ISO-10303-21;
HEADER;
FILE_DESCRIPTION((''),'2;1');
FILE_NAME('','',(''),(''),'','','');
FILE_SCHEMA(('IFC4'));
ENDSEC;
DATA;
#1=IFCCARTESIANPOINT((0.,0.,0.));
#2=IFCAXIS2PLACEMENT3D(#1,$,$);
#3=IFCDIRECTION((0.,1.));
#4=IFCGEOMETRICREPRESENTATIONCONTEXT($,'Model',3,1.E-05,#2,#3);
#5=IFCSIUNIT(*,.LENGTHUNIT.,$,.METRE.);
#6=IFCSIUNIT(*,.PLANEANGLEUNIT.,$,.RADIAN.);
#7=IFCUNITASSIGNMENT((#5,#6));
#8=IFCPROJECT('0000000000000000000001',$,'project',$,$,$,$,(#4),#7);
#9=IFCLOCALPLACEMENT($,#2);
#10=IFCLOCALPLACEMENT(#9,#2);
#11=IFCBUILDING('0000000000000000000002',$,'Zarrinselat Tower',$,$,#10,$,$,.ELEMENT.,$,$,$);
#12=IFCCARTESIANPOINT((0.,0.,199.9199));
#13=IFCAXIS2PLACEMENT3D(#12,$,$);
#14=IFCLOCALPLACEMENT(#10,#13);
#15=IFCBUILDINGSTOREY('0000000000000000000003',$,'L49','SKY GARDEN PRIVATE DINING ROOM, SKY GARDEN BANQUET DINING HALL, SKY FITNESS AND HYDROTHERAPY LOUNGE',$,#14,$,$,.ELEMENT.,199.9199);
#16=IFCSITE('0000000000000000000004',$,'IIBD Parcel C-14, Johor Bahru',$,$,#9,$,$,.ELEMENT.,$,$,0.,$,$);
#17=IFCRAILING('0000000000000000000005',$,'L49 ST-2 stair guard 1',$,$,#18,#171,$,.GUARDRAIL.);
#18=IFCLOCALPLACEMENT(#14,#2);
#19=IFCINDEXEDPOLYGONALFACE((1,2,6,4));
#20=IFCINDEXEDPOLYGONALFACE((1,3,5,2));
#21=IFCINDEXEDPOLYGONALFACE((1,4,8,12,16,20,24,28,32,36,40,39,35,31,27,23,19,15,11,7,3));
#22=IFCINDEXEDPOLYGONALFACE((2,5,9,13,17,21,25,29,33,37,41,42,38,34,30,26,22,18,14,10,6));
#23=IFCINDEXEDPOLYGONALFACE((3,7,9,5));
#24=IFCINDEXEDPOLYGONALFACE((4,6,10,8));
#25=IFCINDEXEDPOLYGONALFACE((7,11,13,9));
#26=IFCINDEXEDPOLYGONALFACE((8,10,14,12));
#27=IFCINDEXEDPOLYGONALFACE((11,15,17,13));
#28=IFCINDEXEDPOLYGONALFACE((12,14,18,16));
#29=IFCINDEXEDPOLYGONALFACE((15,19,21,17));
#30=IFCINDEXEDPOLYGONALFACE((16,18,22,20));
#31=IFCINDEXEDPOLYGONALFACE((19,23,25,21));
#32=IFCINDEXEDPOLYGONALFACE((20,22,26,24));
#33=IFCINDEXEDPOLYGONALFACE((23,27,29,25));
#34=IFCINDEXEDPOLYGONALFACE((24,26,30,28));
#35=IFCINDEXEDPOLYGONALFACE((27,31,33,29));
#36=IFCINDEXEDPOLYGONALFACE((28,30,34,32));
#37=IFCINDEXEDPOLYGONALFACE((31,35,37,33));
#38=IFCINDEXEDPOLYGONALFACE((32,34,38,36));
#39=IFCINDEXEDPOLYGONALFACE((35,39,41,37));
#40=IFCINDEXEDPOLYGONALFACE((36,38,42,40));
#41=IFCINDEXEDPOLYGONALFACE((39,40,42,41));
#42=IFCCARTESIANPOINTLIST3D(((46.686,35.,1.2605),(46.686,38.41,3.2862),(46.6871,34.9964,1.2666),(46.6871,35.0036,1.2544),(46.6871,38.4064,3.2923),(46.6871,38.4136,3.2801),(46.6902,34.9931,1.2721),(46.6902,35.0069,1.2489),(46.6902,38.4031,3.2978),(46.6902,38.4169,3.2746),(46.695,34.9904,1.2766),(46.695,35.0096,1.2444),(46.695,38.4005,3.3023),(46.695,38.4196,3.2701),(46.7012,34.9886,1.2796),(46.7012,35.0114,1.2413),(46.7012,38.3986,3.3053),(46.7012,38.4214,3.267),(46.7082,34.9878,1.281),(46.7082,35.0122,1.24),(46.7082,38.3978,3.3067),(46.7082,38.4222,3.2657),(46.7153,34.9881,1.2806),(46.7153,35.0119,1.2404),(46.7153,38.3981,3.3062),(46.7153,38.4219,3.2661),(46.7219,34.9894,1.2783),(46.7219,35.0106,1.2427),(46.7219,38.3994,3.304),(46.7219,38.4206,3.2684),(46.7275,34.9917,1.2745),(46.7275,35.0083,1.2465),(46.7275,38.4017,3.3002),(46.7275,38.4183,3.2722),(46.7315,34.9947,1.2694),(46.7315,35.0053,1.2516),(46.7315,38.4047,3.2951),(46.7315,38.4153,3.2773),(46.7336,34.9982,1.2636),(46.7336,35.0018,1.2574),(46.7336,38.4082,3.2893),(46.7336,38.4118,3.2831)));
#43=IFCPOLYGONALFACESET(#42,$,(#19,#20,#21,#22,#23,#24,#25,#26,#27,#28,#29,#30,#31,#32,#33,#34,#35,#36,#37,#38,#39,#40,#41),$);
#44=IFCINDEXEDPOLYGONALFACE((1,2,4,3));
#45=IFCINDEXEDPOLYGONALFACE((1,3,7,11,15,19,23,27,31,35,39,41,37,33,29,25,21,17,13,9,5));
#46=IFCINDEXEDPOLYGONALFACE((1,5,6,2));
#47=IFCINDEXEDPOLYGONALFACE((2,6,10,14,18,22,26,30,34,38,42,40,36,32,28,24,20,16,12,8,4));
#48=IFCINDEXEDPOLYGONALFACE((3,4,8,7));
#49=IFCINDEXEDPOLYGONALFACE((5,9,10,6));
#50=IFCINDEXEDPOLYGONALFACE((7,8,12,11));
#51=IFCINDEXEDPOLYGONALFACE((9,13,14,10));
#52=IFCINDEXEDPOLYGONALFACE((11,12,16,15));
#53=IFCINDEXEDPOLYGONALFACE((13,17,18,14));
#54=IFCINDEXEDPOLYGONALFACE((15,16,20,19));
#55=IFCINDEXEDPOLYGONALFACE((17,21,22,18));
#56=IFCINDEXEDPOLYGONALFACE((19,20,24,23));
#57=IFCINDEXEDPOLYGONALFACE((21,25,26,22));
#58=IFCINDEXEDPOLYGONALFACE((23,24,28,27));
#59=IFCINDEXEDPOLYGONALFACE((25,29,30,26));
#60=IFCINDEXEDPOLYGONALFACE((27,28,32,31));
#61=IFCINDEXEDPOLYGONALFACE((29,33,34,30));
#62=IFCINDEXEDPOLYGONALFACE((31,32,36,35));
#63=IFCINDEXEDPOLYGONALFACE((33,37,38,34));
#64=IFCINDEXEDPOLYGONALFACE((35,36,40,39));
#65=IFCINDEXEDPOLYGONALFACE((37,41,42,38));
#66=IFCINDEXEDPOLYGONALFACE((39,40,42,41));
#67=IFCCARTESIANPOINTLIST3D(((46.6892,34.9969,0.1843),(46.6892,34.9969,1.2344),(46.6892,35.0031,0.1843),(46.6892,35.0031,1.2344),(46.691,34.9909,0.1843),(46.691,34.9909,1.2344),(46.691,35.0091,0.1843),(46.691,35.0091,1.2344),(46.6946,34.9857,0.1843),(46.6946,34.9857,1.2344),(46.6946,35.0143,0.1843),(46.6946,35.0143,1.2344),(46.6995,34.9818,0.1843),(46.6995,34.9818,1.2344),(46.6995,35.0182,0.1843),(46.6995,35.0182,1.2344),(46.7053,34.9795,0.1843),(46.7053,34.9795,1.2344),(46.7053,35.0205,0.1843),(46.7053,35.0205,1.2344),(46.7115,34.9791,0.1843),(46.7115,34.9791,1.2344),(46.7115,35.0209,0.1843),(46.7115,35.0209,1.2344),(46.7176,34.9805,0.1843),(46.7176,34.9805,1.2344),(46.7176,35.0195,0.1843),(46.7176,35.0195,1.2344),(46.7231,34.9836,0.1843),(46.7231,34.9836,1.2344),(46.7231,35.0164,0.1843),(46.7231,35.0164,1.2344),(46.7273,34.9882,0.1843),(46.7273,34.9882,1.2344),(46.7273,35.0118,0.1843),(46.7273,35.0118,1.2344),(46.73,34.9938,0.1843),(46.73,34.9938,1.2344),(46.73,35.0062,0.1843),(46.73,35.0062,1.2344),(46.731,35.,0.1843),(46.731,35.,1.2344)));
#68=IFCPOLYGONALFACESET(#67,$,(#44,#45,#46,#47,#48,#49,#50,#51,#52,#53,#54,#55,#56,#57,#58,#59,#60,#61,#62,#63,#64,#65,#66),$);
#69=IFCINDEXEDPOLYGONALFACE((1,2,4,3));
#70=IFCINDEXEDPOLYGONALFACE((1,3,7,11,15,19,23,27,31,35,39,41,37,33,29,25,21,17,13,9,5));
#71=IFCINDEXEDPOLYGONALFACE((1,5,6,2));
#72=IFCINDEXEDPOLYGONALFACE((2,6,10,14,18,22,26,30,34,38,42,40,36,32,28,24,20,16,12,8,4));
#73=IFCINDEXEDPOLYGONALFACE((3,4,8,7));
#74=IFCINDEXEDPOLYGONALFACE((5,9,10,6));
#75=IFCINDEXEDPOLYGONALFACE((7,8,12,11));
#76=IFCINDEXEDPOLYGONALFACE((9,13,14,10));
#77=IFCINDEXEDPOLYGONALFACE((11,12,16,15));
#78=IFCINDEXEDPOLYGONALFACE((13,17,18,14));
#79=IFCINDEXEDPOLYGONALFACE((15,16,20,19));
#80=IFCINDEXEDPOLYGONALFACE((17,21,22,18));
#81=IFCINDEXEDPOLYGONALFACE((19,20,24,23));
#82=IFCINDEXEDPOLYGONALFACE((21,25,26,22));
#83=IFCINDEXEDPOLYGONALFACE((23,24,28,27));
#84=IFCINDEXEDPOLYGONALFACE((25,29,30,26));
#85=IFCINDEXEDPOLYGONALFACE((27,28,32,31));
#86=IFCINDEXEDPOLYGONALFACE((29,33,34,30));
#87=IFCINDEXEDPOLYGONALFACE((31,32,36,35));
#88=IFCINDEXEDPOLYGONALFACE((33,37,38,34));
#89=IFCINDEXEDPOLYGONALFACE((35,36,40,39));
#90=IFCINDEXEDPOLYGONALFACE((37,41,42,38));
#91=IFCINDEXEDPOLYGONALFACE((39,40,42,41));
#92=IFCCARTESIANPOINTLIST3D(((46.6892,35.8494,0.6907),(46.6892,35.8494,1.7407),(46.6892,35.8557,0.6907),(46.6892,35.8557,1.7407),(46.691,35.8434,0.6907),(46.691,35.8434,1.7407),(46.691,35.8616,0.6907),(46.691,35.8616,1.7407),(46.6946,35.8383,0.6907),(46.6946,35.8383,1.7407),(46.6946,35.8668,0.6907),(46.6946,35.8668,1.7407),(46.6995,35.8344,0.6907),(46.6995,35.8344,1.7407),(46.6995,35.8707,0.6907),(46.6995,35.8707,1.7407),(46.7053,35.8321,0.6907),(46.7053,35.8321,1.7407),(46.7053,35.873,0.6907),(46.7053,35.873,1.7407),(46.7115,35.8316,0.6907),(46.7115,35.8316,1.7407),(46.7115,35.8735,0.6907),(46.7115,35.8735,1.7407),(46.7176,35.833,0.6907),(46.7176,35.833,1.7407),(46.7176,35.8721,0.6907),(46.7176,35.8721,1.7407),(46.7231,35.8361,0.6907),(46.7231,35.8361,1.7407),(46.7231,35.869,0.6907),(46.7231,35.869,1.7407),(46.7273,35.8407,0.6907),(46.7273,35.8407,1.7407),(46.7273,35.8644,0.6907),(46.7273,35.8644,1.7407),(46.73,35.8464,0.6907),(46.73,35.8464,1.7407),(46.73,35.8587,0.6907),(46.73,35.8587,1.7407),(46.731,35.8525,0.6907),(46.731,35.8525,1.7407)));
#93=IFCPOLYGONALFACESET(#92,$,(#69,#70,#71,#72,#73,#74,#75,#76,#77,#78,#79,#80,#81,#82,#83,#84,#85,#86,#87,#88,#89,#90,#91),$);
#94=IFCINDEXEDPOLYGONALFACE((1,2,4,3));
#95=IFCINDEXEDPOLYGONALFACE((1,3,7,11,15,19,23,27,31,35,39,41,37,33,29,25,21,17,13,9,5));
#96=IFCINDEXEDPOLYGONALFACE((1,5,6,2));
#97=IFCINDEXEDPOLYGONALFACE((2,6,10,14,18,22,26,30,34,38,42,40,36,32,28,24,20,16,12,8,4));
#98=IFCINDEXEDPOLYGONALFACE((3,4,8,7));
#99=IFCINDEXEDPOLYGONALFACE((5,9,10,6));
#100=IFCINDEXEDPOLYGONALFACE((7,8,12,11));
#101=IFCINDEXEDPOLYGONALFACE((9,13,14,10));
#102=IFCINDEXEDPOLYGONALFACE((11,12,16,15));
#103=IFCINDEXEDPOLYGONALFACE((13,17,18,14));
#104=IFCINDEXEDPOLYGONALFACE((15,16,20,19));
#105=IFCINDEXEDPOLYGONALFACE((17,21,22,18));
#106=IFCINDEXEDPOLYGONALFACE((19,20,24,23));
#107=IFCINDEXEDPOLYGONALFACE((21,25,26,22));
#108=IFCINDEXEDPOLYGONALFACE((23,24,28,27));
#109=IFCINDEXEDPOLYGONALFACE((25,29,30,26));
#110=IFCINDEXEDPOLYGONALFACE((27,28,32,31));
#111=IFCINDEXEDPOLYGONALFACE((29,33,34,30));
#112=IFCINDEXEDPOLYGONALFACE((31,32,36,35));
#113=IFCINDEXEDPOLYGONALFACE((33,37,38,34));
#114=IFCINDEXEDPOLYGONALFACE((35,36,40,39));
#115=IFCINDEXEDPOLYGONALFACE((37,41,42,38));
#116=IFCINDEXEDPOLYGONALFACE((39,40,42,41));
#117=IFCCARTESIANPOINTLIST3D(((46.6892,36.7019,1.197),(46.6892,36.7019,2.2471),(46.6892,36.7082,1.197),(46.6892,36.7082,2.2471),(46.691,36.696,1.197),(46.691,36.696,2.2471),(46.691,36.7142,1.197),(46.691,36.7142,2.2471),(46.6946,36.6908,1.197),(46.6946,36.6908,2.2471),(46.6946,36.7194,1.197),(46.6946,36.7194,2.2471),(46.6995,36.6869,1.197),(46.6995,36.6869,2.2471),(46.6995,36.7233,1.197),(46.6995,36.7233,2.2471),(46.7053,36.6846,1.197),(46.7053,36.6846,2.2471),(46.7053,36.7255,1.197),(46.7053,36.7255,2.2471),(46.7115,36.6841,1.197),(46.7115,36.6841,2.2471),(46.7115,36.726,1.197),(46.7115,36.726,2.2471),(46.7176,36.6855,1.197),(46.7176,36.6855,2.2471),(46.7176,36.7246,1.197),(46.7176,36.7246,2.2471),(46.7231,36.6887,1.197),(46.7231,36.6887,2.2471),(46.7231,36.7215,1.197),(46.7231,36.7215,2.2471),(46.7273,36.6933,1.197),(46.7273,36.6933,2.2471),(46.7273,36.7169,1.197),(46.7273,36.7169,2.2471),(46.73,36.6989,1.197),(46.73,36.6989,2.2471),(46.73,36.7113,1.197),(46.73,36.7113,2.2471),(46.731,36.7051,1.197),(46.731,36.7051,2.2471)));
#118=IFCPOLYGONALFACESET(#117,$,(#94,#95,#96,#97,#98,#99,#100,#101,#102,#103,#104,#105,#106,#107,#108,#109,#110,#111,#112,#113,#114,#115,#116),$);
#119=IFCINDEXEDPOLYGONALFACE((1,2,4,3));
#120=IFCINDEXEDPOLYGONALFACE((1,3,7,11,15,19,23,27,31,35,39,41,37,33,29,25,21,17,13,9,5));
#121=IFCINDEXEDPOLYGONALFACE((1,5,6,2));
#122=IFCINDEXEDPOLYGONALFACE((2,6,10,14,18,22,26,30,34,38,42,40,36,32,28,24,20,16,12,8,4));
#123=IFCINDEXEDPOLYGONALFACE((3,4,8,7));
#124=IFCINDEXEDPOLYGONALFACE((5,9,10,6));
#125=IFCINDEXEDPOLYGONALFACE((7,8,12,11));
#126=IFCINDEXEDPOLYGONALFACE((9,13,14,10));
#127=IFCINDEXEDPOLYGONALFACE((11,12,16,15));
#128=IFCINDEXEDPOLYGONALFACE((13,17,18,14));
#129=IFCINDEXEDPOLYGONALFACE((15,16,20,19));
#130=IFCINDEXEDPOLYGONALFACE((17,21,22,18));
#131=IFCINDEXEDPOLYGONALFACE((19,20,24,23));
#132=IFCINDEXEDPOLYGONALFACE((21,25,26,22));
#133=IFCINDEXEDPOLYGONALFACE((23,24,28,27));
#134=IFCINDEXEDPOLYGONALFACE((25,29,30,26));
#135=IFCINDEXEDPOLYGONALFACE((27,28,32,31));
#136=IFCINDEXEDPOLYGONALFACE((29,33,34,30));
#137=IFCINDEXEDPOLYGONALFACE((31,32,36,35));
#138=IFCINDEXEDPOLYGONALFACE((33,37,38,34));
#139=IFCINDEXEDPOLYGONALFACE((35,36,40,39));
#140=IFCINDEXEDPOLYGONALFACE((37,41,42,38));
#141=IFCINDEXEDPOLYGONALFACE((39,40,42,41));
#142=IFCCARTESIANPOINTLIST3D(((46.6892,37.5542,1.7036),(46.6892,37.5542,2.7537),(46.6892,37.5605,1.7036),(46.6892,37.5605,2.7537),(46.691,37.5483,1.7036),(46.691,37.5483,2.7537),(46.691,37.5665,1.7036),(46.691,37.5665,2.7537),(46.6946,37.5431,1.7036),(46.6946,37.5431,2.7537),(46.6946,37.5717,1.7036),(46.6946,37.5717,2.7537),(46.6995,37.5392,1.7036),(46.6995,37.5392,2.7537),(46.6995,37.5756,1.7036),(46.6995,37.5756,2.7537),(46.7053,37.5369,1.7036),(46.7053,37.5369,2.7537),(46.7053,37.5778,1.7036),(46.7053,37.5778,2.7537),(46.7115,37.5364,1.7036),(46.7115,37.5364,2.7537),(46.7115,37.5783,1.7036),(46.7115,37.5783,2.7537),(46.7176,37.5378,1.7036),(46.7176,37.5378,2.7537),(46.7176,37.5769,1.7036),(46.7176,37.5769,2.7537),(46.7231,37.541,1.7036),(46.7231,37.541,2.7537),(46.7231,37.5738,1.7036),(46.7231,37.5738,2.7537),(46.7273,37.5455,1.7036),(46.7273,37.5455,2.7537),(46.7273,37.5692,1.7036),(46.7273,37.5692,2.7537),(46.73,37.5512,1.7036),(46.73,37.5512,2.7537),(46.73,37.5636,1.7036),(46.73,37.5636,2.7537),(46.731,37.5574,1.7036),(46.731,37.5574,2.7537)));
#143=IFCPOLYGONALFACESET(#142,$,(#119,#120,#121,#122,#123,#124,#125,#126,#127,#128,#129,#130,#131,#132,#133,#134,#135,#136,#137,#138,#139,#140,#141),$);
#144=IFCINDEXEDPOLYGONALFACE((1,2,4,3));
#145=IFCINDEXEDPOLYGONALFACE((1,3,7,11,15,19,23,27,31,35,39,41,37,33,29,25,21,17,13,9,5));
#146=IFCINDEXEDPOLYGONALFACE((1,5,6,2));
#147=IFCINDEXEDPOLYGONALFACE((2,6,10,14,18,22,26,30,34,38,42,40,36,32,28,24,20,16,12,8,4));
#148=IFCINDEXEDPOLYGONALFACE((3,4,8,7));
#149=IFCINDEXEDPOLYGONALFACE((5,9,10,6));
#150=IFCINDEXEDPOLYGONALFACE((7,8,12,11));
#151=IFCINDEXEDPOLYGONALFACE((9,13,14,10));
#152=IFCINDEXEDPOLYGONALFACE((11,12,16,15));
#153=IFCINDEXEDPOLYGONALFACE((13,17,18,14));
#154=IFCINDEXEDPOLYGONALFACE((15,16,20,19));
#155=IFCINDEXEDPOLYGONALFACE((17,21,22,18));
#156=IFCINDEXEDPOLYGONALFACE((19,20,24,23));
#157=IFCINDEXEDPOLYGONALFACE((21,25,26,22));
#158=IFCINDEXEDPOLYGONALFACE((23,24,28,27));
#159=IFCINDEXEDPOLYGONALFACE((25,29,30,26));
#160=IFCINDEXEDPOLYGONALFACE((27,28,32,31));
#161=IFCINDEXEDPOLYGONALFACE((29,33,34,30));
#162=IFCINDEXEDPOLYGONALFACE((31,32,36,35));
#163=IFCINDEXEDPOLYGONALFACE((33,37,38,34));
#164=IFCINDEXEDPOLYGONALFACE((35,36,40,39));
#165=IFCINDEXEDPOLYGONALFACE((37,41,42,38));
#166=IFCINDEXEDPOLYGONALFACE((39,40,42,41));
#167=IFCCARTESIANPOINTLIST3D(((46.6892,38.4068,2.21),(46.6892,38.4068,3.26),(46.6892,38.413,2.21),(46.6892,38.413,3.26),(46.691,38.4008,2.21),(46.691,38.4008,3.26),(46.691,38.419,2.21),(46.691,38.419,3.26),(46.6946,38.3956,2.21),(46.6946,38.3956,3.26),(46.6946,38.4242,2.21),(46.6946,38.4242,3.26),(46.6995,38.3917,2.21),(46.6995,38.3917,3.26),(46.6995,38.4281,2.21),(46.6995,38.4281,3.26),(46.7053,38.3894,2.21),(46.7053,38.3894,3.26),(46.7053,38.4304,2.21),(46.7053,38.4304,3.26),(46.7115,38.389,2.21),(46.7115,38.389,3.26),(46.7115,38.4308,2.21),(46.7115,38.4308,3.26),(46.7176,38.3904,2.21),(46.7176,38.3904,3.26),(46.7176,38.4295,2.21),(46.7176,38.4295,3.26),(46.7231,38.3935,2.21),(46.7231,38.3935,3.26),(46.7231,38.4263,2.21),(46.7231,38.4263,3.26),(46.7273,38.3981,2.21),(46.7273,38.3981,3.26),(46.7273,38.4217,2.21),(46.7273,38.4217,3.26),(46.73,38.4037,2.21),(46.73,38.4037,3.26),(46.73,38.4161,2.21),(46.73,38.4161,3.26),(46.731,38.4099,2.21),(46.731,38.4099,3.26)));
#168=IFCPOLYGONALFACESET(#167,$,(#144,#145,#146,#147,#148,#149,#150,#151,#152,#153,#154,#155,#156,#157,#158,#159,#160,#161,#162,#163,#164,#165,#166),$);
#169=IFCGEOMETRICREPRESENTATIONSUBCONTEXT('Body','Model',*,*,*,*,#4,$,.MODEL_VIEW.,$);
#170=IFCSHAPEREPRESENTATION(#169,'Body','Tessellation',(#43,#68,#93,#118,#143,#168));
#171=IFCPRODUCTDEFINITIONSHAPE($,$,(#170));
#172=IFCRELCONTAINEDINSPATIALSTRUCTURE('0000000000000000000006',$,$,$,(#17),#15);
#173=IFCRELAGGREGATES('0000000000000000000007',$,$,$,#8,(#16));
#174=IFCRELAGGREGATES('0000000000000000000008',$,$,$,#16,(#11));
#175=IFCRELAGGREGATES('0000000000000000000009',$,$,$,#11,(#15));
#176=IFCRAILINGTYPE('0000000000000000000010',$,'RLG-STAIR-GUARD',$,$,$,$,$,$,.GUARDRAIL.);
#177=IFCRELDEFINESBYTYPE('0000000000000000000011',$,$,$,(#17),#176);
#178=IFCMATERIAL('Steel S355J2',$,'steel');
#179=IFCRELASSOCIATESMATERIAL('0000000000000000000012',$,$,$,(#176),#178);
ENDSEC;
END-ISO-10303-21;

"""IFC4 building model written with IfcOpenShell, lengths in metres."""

from ifc_helpers import new_model, si_unit, direction, frame, origin, origin_2d, place, context, subcontext, project, spatial, circle, extrude, material, type_object, element, save


model = new_model("IFC4")

# Units and contexts
model_context = context("Model", 3, precision=1e-05, world=origin(), true_north=direction((0.0, 1.0)))
body_context = subcontext(model_context, "Body", "Model", "MODEL_VIEW")
ifc_project = project(units=[si_unit("LENGTHUNIT", "METRE"), si_unit("PLANEANGLEUNIT", "RADIAN")], contexts=[model_context])

# Site, building, storey
site_placement = place(None, origin())
site = spatial("IfcSite", under=ifc_project, at=site_placement, Name="IIBD Parcel C-14, Johor Bahru", CompositionType="ELEMENT", RefElevation=0.0)
building_placement = place(site_placement, origin())
building = spatial("IfcBuilding", under=site, at=building_placement, Name="Zarrinselat Tower", CompositionType="ELEMENT")
storey_placement = place(building_placement, frame((0.0, 0.0, 199.9199)))
storey = spatial("IfcBuildingStorey", under=building, at=storey_placement, Name="L49", Description="SKY GARDEN PRIVATE DINING ROOM, SKY GARDEN BANQUET DINING HALL, SKY FITNESS AND HYDROTHERAPY LOUNGE", CompositionType="ELEMENT", Elevation=199.9199)

# Railing
ifc_material_1 = material(Name="Steel S355J2", Category="steel")
railing_type_1 = type_object("IfcRailingType", Name="RLG-STAIR-GUARD", PredefinedType="GUARDRAIL", material=ifc_material_1)
railing_1_placement = place(storey_placement, frame((46.71, 35.0, 0.1843)))
element("IfcRailing", 1, at=railing_1_placement, inside=storey, type_object=railing_type_1, Name="L49 ST-2 stair guard 1", PredefinedType="GUARDRAIL", context=body_context, shape_type="SweptSolid", body=[
    extrude(circle(Radius=0.0239, at=origin_2d()), frame((0.0, 0.0, 1.0762), z_axis=(0.0, 0.859744, 0.510725), x_axis=(-1.0, 0.0, 0.0)), (0.0, 0.0, 1.0), 3.9663),
    extrude(circle(Radius=0.021, at=origin_2d()), origin(), (0.0, 0.0, 1.0), 1.05),
    extrude(circle(Radius=0.021, at=origin_2d()), frame((0.0, 0.8525, 0.5063)), (0.0, 0.0, 1.0), 1.05),
    extrude(circle(Radius=0.021, at=origin_2d()), frame((0.0, 1.7051, 1.0127)), (0.0, 0.0, 1.0), 1.05),
    extrude(circle(Radius=0.021, at=origin_2d()), frame((0.0, 2.5574, 1.5193)), (0.0, 0.0, 1.0), 1.05),
    extrude(circle(Radius=0.021, at=origin_2d()), frame((0.0, 3.4099, 2.0256)), (0.0, 0.0, 1.0), 1.05),
])

save(model, "model.ifc")
